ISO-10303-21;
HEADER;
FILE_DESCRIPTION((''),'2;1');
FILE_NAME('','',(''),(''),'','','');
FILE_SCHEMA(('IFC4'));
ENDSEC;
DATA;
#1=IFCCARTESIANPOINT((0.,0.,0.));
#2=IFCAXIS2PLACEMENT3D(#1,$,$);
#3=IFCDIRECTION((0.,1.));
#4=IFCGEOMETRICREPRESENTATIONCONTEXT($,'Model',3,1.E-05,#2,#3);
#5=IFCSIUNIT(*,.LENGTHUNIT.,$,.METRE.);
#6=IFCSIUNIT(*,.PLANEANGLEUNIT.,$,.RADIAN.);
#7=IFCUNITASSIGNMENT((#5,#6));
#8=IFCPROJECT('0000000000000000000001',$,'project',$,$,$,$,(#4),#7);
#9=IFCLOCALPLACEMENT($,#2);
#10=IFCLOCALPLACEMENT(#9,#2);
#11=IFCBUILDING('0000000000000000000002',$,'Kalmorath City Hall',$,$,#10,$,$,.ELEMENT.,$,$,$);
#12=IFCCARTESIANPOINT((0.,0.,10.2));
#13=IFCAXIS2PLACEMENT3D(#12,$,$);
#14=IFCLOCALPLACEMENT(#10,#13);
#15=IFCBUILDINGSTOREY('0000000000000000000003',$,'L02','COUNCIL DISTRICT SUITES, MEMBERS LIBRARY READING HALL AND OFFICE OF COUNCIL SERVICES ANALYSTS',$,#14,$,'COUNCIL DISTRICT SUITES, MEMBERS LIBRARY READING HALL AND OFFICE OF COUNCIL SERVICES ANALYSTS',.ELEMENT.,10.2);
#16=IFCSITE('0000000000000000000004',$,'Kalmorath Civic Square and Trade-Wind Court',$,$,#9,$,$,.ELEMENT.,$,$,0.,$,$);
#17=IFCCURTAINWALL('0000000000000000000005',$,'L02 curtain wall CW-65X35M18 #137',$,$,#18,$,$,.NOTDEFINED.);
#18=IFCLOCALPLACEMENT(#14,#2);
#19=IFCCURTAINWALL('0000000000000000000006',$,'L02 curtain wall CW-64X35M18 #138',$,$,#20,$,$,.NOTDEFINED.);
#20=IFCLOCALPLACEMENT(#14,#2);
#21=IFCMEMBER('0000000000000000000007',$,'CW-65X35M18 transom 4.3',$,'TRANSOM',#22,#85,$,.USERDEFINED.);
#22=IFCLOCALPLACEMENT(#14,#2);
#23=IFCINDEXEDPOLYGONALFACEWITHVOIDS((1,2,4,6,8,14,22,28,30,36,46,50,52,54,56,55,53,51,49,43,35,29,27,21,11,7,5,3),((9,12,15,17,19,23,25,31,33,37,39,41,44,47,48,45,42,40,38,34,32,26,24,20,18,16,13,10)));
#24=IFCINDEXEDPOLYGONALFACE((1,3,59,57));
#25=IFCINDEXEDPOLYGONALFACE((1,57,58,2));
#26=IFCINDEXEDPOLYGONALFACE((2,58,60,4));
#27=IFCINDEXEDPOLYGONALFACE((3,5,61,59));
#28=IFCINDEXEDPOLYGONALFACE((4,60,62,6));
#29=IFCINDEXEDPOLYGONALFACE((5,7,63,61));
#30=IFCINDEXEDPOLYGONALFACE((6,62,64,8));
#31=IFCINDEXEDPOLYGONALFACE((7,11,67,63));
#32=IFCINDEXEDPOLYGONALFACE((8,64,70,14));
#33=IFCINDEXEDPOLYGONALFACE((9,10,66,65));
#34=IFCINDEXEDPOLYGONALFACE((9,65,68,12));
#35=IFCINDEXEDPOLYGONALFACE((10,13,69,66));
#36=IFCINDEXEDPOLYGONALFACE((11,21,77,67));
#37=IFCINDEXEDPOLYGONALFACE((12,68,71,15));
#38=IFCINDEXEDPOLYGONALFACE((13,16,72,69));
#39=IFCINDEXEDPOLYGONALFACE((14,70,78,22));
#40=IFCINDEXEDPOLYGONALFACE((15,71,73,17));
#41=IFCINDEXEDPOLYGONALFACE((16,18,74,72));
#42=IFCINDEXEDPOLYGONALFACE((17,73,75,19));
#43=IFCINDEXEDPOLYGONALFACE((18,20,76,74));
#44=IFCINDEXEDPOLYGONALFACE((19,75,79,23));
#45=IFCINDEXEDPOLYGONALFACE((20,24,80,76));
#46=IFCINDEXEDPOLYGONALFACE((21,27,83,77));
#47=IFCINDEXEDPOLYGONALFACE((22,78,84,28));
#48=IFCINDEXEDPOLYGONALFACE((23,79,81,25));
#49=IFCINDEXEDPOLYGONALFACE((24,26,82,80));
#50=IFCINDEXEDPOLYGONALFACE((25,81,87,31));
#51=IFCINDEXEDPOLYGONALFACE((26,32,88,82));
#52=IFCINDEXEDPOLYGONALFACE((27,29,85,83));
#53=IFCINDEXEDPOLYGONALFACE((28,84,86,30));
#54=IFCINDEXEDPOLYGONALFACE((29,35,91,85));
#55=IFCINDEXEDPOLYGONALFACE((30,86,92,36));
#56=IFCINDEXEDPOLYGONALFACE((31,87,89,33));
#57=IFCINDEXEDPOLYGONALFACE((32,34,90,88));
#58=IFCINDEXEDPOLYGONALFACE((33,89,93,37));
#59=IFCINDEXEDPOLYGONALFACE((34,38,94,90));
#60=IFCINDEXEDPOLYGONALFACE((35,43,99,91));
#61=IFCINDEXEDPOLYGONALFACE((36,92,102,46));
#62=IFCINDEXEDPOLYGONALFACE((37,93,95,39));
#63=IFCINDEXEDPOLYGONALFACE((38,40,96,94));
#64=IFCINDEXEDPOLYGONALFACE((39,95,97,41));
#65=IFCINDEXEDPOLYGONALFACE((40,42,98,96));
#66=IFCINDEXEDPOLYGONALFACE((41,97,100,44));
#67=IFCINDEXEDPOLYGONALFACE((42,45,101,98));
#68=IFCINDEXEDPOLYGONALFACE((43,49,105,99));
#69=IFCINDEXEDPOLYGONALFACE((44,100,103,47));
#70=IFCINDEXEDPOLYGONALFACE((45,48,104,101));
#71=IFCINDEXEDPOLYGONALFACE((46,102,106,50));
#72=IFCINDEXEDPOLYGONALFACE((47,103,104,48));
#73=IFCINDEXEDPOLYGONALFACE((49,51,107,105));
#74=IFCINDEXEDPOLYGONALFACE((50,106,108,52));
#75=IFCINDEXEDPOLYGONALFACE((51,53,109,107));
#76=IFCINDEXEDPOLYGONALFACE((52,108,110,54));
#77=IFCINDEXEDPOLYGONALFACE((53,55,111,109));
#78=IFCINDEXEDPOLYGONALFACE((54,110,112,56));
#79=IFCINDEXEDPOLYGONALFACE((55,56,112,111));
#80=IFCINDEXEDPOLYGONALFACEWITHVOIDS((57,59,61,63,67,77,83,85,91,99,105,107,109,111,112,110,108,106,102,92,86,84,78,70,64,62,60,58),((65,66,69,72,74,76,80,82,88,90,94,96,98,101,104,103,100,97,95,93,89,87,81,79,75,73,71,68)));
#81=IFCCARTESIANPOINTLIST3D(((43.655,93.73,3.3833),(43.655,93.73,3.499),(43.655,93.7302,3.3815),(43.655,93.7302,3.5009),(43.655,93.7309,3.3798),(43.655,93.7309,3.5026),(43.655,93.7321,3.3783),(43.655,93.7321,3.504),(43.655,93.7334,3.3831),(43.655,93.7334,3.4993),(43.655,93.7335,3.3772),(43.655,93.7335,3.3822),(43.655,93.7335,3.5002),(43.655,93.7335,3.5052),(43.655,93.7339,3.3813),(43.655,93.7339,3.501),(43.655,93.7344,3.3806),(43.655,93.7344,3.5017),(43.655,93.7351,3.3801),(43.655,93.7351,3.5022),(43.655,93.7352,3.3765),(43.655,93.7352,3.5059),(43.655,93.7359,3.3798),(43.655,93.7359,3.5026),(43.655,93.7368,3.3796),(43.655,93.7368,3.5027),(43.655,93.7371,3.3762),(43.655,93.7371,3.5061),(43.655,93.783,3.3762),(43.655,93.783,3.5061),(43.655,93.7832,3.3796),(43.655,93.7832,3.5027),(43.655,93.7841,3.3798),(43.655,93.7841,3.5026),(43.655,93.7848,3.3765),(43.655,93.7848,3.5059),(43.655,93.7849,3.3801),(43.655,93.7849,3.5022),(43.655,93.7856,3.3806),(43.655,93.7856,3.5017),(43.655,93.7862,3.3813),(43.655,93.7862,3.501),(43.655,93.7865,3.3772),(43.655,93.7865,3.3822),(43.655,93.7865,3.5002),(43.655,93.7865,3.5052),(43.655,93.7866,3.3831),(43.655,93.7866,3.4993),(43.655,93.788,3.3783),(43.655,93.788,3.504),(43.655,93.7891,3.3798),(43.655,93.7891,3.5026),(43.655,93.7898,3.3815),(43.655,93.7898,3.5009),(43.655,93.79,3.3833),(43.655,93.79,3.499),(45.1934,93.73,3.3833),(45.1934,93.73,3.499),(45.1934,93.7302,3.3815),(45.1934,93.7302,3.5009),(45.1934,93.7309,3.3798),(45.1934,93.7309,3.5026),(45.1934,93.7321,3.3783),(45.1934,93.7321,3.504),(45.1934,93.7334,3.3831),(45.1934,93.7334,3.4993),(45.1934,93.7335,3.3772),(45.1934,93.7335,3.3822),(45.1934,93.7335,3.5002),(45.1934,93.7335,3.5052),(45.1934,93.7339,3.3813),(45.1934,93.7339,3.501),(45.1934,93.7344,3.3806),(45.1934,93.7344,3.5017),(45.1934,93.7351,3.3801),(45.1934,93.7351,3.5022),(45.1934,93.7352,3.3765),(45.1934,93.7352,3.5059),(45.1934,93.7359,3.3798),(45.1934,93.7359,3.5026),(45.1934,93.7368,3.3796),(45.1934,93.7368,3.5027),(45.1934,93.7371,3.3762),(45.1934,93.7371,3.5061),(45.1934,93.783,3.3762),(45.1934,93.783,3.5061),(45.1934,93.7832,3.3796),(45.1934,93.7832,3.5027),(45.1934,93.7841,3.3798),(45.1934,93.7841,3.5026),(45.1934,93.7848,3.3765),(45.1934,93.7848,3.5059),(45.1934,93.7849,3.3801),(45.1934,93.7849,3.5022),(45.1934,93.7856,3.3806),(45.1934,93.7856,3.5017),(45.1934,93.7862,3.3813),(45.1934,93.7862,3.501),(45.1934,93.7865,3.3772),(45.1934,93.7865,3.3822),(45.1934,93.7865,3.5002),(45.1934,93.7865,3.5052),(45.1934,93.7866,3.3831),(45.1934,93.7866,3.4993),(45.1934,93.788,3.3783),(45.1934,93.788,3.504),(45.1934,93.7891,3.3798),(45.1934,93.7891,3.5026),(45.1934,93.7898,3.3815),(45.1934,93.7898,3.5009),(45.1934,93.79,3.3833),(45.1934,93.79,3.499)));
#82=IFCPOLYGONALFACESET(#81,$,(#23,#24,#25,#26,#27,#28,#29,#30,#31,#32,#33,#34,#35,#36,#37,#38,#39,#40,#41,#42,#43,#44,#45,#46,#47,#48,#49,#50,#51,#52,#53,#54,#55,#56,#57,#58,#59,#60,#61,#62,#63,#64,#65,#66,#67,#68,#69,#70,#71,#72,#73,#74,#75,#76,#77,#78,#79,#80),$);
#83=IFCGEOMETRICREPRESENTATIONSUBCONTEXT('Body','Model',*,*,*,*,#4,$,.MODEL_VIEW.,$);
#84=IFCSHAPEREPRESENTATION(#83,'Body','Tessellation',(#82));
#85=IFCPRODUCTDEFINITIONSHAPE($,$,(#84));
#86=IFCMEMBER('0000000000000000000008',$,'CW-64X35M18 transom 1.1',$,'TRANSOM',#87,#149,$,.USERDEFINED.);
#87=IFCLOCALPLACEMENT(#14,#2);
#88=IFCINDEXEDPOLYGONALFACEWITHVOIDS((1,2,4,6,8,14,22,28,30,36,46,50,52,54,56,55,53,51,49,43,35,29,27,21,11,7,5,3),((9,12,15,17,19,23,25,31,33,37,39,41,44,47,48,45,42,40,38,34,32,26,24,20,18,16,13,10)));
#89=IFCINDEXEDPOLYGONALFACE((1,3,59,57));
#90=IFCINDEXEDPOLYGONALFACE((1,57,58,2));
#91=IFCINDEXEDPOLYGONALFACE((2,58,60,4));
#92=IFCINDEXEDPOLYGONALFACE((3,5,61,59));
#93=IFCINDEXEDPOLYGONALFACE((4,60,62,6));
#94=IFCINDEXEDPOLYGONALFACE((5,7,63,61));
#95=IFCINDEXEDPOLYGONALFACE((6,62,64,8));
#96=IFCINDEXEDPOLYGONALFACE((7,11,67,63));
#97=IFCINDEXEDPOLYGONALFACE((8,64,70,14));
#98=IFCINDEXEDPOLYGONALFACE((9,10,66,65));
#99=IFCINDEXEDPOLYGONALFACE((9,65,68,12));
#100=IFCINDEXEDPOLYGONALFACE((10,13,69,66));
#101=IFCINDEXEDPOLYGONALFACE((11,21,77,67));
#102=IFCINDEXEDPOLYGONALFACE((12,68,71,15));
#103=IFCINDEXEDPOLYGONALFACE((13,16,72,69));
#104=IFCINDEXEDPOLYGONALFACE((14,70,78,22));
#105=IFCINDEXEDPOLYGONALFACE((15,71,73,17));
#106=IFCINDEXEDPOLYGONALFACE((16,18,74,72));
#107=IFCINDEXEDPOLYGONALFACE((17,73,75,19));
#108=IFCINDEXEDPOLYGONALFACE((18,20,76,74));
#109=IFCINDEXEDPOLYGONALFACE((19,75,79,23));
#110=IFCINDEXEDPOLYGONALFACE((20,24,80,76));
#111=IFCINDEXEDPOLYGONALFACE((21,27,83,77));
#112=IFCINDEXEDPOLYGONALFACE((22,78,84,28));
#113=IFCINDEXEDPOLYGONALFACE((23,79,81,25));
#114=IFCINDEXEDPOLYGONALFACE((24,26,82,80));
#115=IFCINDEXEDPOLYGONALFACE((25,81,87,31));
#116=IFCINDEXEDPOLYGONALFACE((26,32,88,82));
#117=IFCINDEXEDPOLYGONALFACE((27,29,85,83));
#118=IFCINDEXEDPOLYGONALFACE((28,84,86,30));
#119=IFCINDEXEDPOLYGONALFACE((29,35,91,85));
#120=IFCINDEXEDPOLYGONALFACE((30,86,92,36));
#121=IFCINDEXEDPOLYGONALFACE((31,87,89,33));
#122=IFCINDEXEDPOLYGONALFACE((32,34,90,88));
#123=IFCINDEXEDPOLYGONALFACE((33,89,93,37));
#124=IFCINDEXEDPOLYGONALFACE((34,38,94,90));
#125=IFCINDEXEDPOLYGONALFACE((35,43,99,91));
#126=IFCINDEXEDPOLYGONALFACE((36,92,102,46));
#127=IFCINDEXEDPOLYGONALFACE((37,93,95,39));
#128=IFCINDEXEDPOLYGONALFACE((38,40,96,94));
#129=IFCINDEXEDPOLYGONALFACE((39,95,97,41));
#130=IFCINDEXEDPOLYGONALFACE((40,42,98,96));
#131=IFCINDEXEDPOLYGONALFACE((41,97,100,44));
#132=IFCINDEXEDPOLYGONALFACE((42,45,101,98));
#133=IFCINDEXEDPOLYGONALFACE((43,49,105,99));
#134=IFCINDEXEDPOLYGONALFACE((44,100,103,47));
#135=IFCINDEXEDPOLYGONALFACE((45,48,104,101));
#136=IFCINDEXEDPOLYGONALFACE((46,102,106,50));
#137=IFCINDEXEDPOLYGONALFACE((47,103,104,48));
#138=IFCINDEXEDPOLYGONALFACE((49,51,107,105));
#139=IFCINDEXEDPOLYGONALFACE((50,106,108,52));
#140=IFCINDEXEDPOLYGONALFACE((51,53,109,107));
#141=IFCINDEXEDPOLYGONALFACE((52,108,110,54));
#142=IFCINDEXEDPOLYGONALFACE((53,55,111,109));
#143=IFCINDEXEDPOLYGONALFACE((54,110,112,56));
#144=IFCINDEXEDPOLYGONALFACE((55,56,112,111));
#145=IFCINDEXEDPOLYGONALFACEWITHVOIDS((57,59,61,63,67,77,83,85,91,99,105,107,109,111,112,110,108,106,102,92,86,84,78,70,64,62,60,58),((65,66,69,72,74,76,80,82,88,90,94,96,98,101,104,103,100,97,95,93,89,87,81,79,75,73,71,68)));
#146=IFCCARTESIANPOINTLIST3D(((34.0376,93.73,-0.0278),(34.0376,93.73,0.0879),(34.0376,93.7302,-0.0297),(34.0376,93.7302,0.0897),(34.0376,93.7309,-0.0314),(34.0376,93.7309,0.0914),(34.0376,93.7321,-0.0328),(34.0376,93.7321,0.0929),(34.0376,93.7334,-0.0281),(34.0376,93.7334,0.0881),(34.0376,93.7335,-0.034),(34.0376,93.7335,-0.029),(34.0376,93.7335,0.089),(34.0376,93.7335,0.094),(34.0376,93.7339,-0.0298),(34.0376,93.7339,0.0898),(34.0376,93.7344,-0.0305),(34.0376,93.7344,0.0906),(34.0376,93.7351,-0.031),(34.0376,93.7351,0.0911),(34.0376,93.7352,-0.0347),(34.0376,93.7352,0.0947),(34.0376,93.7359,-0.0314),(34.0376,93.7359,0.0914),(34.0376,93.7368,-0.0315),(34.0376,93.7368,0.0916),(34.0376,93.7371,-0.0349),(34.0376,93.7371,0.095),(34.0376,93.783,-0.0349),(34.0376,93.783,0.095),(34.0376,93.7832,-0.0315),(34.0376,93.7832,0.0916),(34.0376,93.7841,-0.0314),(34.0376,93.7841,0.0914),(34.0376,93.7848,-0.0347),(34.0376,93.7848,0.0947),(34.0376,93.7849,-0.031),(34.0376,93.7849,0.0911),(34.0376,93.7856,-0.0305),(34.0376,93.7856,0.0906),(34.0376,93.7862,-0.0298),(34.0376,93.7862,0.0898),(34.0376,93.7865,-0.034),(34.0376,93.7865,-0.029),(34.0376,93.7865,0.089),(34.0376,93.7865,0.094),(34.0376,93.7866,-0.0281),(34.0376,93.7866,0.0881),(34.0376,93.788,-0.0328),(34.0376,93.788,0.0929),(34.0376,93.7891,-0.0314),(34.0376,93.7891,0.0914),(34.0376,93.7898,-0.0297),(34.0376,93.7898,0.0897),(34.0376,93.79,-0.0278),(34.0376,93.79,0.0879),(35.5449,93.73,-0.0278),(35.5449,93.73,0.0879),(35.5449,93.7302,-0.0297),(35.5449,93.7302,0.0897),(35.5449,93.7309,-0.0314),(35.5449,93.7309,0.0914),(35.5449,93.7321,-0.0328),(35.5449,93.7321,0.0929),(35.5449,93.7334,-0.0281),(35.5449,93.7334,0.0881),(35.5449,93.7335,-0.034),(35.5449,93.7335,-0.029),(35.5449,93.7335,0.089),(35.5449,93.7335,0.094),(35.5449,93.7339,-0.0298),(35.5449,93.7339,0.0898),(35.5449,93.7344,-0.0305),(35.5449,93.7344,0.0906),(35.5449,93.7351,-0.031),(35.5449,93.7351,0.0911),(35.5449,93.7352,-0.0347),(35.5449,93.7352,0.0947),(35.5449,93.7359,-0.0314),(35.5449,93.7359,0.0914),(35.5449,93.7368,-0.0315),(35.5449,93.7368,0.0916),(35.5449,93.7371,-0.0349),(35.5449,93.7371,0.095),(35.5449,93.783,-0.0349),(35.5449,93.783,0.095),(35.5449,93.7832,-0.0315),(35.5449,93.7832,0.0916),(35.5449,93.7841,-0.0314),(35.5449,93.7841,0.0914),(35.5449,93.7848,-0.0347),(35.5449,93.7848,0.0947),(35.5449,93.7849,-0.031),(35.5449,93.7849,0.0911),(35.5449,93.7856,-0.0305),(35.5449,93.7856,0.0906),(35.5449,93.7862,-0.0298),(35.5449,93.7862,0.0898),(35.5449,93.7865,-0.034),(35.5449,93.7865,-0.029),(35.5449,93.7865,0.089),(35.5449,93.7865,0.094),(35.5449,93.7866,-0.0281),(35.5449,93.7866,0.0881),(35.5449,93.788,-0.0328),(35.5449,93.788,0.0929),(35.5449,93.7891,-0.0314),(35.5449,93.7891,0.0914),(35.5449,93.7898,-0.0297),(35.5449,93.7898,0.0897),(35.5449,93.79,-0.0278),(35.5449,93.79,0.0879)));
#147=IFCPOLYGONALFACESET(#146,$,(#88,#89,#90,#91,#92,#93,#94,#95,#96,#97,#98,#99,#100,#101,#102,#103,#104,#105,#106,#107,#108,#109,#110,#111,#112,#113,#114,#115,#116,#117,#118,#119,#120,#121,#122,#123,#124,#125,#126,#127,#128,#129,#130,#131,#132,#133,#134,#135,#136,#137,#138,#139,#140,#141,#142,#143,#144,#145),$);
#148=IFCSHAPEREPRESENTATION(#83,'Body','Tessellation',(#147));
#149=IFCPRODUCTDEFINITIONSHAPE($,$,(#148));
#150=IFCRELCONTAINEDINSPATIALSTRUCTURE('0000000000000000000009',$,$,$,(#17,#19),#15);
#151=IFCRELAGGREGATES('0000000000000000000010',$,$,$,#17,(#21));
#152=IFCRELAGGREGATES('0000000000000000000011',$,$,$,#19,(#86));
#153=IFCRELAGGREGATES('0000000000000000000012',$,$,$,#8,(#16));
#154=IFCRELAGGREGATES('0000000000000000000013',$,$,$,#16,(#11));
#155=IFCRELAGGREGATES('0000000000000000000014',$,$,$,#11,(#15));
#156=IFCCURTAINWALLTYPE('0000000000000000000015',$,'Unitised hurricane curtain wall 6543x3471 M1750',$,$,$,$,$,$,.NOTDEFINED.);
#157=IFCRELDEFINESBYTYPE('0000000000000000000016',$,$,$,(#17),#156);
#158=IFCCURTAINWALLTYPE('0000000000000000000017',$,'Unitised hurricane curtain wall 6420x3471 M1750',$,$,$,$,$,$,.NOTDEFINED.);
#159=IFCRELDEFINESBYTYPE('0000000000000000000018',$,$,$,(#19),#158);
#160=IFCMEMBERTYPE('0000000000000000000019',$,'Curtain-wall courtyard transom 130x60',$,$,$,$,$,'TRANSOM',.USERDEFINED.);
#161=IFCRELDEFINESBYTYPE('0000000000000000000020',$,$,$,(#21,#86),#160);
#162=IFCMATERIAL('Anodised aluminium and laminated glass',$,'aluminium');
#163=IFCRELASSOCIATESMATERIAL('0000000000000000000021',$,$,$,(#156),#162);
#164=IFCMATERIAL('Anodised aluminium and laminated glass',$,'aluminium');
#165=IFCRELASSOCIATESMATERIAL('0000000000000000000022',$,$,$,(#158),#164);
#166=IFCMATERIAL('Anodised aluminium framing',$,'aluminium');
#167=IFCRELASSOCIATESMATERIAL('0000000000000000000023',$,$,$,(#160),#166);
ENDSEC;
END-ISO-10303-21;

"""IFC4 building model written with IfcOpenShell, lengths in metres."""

from ifc_helpers import new_model, si_unit, direction, frame, origin, origin_2d, place, context, subcontext, project, spatial, hollow_rectangle, extrude, material, material_profile, profile_set, type_object, element, aggregate, save


model = new_model("IFC4")

# Units and contexts
model_context = context("Model", 3, precision=1e-05, world=origin(), true_north=direction((0.0, 1.0)))
body_context = subcontext(model_context, "Body", "Model", "MODEL_VIEW")
ifc_project = project(units=[si_unit("LENGTHUNIT", "METRE"), si_unit("PLANEANGLEUNIT", "RADIAN")], contexts=[model_context])

# Site, building, storey
site_placement = place(None, origin())
site = spatial("IfcSite", under=ifc_project, at=site_placement, Name="Kalmorath Civic Square and Trade-Wind Court", CompositionType="ELEMENT", RefElevation=0.0)
building_placement = place(site_placement, origin())
building = spatial("IfcBuilding", under=site, at=building_placement, Name="Kalmorath City Hall", CompositionType="ELEMENT")
storey_placement = place(building_placement, frame((0.0, 0.0, 10.2)))
storey = spatial("IfcBuildingStorey", under=building, at=storey_placement, Name="L02", Description="COUNCIL DISTRICT SUITES, MEMBERS LIBRARY READING HALL AND OFFICE OF COUNCIL SERVICES ANALYSTS", LongName="COUNCIL DISTRICT SUITES, MEMBERS LIBRARY READING HALL AND OFFICE OF COUNCIL SERVICES ANALYSTS", CompositionType="ELEMENT", Elevation=10.2)

# Curtain walls
ifc_material_1 = material(Name="Anodised aluminium and laminated glass", Category="aluminium")
curtain_wall_type_1 = type_object("IfcCurtainWallType", Name="Unitised hurricane curtain wall 6543x3471 M1750", PredefinedType="NOTDEFINED", material=ifc_material_1)
curtain_wall_1_placement = place(storey_placement, origin())
curtain_wall_1 = element("IfcCurtainWall", 1, at=curtain_wall_1_placement, inside=storey, type_object=curtain_wall_type_1, Name="L02 curtain wall CW-65X35M18 #137", PredefinedType="NOTDEFINED")
ifc_material_2 = material(Name="Anodised aluminium and laminated glass", Category="aluminium")
curtain_wall_type_2 = type_object("IfcCurtainWallType", Name="Unitised hurricane curtain wall 6420x3471 M1750", PredefinedType="NOTDEFINED", material=ifc_material_2)
curtain_wall_2_placement = place(storey_placement, origin())
curtain_wall_2 = element("IfcCurtainWall", 2, at=curtain_wall_2_placement, inside=storey, type_object=curtain_wall_type_2, Name="L02 curtain wall CW-64X35M18 #138", PredefinedType="NOTDEFINED")

# Members
ifc_material_3 = material(Name="Anodised aluminium framing", Category="aluminium")
ifc_material_profile_1 = material_profile(ifc_material_3, hollow_rectangle(XDim=0.0601, YDim=0.1299, WallThickness=0.0034, InnerFilletRadius=0.0034, OuterFilletRadius=0.0071, at=origin_2d()), Name="ALU-TRN-130X60X3.5")
ifc_profile_set_1 = profile_set([ifc_material_profile_1], Name="Anodised aluminium framing")
member_type_1 = type_object("IfcMemberType", Name="Curtain-wall courtyard transom 130x60", ElementType="TRANSOM", PredefinedType="USERDEFINED", material=ifc_profile_set_1)
member_1_placement = place(storey_placement, frame((45.1934, 93.76, 3.4412), z_axis=(-1.0, 0.0, 0.0), x_axis=(0.0, -1.0, 0.0)))
member_1 = element("IfcMember", 3, at=member_1_placement, type_object=member_type_1, Name="CW-65X35M18 transom 4.3", ObjectType="TRANSOM", PredefinedType="USERDEFINED", context=body_context, shape_type="SweptSolid", body=[
    extrude(hollow_rectangle(XDim=0.0601, YDim=0.1299, WallThickness=0.0034, InnerFilletRadius=0.0034, OuterFilletRadius=0.0071, at=origin_2d()), origin(), (0.0, 0.0, 1.0), 1.5383),
])
member_2_placement = place(storey_placement, frame((35.5449, 93.76, 0.03), z_axis=(-1.0, 0.0, 0.0), x_axis=(0.0, -1.0, 0.0)))
member_2 = element("IfcMember", 4, at=member_2_placement, type_object=member_type_1, Name="CW-64X35M18 transom 1.1", ObjectType="TRANSOM", PredefinedType="USERDEFINED", context=body_context, shape_type="SweptSolid", body=[
    extrude(hollow_rectangle(XDim=0.0601, YDim=0.1299, WallThickness=0.0034, InnerFilletRadius=0.0034, OuterFilletRadius=0.0071, at=origin_2d()), origin(), (0.0, 0.0, 1.0), 1.5073),
])

aggregate(curtain_wall_1, [member_1])
aggregate(curtain_wall_2, [member_2])

save(model, "model.ifc")
